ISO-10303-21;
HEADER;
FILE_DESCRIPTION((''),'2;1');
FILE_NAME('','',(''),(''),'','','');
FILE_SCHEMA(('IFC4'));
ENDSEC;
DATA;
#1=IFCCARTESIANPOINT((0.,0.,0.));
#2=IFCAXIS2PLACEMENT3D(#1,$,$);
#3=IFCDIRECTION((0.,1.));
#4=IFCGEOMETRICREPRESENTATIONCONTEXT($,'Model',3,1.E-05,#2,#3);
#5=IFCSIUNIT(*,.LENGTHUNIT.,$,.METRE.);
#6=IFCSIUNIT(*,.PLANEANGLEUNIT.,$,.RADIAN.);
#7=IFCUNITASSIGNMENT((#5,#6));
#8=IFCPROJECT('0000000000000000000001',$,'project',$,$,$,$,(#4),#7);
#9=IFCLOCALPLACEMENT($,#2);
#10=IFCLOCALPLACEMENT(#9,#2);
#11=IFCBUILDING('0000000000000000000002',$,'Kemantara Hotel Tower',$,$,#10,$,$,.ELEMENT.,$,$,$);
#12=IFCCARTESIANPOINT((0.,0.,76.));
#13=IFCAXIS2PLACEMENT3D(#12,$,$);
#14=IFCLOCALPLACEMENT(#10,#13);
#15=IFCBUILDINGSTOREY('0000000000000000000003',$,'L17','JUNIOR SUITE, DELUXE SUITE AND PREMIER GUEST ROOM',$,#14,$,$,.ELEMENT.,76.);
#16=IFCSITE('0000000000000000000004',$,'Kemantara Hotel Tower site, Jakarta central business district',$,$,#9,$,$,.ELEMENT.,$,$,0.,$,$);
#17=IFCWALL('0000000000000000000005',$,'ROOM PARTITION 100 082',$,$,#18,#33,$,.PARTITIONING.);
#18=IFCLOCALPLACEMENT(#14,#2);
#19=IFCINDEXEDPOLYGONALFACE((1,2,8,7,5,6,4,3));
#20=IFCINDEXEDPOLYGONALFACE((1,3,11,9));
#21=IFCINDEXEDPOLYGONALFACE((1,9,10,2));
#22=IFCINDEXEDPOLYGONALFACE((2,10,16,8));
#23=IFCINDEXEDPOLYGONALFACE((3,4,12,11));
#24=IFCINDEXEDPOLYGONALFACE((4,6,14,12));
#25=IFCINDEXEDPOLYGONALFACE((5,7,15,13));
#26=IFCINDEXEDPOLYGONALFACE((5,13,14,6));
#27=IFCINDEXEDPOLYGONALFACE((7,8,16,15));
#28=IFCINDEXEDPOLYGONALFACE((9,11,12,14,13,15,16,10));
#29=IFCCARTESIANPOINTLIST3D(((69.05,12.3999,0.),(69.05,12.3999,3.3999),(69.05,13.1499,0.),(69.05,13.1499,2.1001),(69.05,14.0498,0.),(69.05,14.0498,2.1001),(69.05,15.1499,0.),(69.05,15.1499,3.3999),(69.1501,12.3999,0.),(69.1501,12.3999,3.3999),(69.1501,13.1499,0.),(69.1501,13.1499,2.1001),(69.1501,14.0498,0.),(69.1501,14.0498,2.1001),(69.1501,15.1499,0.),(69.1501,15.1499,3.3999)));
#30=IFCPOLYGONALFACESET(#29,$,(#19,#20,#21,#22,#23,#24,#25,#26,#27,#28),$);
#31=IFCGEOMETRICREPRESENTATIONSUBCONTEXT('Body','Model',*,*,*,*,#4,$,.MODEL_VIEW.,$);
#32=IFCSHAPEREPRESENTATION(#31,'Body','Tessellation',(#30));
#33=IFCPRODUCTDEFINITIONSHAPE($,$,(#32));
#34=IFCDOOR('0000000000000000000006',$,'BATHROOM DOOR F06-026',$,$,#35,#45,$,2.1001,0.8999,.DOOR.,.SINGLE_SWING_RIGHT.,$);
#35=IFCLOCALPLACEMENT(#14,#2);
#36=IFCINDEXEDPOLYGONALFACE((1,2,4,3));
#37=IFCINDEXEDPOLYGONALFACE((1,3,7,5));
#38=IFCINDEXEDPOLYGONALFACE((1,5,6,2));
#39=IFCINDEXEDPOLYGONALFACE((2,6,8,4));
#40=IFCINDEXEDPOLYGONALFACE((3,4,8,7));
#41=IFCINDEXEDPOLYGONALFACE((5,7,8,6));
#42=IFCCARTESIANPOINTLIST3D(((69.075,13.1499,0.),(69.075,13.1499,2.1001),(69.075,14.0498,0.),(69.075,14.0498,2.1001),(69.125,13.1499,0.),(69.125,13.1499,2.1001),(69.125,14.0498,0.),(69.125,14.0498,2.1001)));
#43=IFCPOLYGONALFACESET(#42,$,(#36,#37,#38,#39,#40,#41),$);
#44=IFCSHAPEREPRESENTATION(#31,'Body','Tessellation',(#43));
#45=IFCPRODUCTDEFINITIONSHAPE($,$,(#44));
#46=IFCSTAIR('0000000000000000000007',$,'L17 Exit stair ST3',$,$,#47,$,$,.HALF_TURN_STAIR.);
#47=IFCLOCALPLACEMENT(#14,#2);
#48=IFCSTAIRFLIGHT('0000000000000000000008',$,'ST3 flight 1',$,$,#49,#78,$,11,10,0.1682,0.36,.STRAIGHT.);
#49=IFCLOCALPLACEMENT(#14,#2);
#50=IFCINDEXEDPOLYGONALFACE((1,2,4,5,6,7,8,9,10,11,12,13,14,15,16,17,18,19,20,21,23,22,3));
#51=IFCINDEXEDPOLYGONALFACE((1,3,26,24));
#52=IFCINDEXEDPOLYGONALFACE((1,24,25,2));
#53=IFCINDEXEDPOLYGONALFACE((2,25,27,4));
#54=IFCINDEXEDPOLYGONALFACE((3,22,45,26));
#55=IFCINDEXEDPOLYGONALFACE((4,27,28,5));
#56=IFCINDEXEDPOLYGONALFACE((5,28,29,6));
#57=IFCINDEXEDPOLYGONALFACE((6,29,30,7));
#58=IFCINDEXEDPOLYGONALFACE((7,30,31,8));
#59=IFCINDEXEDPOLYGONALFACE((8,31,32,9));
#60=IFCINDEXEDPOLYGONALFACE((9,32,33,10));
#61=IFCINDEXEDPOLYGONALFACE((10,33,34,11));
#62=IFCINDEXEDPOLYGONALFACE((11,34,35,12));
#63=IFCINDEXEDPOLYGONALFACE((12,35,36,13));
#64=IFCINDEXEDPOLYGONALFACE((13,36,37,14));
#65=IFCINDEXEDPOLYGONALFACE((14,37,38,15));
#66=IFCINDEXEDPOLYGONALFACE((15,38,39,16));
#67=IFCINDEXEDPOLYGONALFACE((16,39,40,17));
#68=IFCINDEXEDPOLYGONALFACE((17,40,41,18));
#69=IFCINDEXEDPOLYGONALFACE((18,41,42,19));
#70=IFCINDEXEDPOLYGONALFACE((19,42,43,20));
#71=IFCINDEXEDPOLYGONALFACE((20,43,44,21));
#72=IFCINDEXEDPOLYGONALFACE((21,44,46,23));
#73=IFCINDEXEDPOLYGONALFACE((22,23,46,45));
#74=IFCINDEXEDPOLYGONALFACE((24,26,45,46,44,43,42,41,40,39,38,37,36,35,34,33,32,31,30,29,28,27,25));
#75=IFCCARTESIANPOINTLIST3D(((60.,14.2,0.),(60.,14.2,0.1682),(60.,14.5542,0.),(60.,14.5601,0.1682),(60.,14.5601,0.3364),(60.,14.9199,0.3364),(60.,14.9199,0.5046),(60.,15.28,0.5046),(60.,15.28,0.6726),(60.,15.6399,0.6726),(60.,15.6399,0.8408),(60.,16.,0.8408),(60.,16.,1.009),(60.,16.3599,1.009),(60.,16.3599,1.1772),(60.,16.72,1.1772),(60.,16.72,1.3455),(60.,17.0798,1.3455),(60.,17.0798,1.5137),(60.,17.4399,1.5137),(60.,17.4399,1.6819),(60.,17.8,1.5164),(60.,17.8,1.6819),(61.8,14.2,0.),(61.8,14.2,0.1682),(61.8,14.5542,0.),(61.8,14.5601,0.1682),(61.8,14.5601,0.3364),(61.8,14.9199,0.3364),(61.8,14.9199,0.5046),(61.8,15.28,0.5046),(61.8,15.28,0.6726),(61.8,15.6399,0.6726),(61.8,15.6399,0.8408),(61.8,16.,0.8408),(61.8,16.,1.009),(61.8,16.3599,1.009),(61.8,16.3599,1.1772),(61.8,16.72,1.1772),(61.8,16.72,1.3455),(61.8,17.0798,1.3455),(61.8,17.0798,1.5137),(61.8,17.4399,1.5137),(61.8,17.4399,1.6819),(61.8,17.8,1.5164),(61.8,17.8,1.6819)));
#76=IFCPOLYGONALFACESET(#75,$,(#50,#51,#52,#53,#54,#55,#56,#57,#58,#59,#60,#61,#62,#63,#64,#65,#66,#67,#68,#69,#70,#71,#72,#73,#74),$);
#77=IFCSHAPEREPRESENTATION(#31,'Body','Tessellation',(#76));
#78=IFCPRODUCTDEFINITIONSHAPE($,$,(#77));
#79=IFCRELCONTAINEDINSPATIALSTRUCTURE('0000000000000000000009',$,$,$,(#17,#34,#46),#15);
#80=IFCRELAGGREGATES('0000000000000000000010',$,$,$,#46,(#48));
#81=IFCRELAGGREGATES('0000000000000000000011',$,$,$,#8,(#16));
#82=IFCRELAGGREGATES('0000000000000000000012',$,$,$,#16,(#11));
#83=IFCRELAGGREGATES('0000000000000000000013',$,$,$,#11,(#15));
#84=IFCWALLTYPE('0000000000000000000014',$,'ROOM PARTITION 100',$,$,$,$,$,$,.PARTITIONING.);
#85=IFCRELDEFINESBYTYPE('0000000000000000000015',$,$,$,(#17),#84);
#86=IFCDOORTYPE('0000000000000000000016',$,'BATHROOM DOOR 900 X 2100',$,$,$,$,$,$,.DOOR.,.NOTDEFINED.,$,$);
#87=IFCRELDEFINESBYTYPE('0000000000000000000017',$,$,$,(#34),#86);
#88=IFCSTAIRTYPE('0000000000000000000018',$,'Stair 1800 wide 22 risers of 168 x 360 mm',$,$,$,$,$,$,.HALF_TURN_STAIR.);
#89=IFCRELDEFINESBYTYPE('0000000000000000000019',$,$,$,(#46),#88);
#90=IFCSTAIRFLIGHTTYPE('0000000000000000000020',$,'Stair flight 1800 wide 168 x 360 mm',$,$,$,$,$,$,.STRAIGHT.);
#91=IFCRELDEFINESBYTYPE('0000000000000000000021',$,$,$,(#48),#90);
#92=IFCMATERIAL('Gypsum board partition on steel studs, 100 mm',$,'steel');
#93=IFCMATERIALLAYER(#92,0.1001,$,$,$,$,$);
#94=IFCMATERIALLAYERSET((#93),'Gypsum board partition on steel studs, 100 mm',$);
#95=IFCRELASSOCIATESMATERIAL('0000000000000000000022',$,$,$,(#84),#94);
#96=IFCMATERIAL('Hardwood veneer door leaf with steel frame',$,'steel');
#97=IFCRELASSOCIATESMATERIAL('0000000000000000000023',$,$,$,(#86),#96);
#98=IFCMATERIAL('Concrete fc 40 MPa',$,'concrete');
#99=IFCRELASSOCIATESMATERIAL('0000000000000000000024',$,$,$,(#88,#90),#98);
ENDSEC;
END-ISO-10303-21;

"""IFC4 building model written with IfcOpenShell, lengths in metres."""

from ifc_helpers import new_model, si_unit, direction, frame, frame_2d, origin, place, context, subcontext, project, spatial, polyline, rectangle, outline, extrude, material, layer, layer_set, type_object, element, fill, aggregate, save


model = new_model("IFC4")

# Units and contexts
model_context = context("Model", 3, precision=1e-05, world=origin(), true_north=direction((0.0, 1.0)))
body_context = subcontext(model_context, "Body", "Model", "MODEL_VIEW")
ifc_project = project(units=[si_unit("LENGTHUNIT", "METRE"), si_unit("PLANEANGLEUNIT", "RADIAN")], contexts=[model_context])

# Site, building, storey
site_placement = place(None, origin())
site = spatial("IfcSite", under=ifc_project, at=site_placement, Name="Kemantara Hotel Tower site, Jakarta central business district", CompositionType="ELEMENT", RefElevation=0.0)
building_placement = place(site_placement, origin())
building = spatial("IfcBuilding", under=site, at=building_placement, Name="Kemantara Hotel Tower", CompositionType="ELEMENT")
storey_placement = place(building_placement, frame((0.0, 0.0, 76.0)))
storey = spatial("IfcBuildingStorey", under=building, at=storey_placement, Name="L17", Description="JUNIOR SUITE, DELUXE SUITE AND PREMIER GUEST ROOM", CompositionType="ELEMENT", Elevation=76.0)

# Shared definitions
ifc_material_1 = material(Name="Hardwood veneer door leaf with steel frame", Category="steel")

# Shared definitions
ifc_material_2 = material(Name="Concrete fc 40 MPa", Category="concrete")
ifc_material_3 = material(Name="Gypsum board partition on steel studs, 100 mm", Category="steel")
ifc_layer_1 = layer(ifc_material_3, 0.1001)
ifc_layer_set_1 = layer_set([ifc_layer_1], Name="Gypsum board partition on steel studs, 100 mm")
wall_type_1 = type_object("IfcWallType", Name="ROOM PARTITION 100", PredefinedType="PARTITIONING", material=ifc_layer_set_1)

# Wall, opening, door
door_type_1 = type_object("IfcDoorType", Name="BATHROOM DOOR 900 X 2100", OperationType="NOTDEFINED", PredefinedType="DOOR", material=ifc_material_1)
wall_1_placement = place(storey_placement, frame((69.1001, 15.1499, 0.0), z_axis=(0.0, 0.0, 1.0), x_axis=(0.0, -1.0, 0.0)))
wall_1 = element("IfcWall", 1, at=wall_1_placement, inside=storey, type_object=wall_type_1, Name="ROOM PARTITION 100 082", PredefinedType="PARTITIONING", context=body_context, shape_type="SweptSolid", body=[
    extrude(rectangle(XDim=2.75, YDim=0.1001, at=frame_2d((1.375, 0.0))), origin(), (0.0, 0.0, 1.0), 3.3999),
])
opening_1_placement = place(wall_1_placement, frame((1.1001, 0.0, 0.0)))
opening_1 = element("IfcOpeningElement", 2, at=opening_1_placement, cuts=wall_1, PredefinedType="OPENING", context=body_context, shape_type="SweptSolid", body=[
    extrude(rectangle(XDim=0.8999, YDim=2.1001, at=frame_2d((0.45, 1.05))), frame((0.0, 0.0601, 0.0), z_axis=(0.0, -1.0, 0.0), x_axis=(1.0, 0.0, 0.0)), (0.0, 0.0, 1.0), 0.1201),
])
door_1_placement = place(opening_1_placement, origin())
door_1 = element("IfcDoor", 3, at=door_1_placement, inside=storey, type_object=door_type_1, Name="BATHROOM DOOR F06-026", OperationType="SINGLE_SWING_RIGHT", OverallHeight=2.1001, OverallWidth=0.8999, PredefinedType="DOOR", context=body_context, shape_type="SweptSolid", body=[
    extrude(rectangle(XDim=0.8999, YDim=2.1001, at=frame_2d((0.45, 1.05))), frame((0.0, 0.0249, 0.0), z_axis=(0.0, -1.0, 0.0), x_axis=(1.0, 0.0, 0.0)), (0.0, 0.0, 1.0), 0.05),
])
fill(opening_1, door_1)

# Stair, stair flight
stair_type = type_object("IfcStairType", Name="Stair 1800 wide 22 risers of 168 x 360 mm", PredefinedType="HALF_TURN_STAIR", material=ifc_material_2)
stair_placement = place(storey_placement, origin())
stair = element("IfcStair", 4, at=stair_placement, inside=storey, type_object=stair_type, Name="L17 Exit stair ST3", PredefinedType="HALF_TURN_STAIR")
stair_flight_type = type_object("IfcStairFlightType", Name="Stair flight 1800 wide 168 x 360 mm", PredefinedType="STRAIGHT", material=ifc_material_2)
stair_flight_placement = place(storey_placement, frame((60.8999, 14.2, 0.0), z_axis=(0.0, 0.0, 1.0), x_axis=(0.0, 1.0, 0.0)))
stair_flight = element("IfcStairFlight", 5, at=stair_flight_placement, type_object=stair_flight_type, Name="ST3 flight 1", NumberOfRisers=11, NumberOfTreads=10, PredefinedType="STRAIGHT", RiserHeight=0.1682, TreadLength=0.36, context=body_context, shape_type="SweptSolid", body=[
    extrude(outline(polyline([(0.0, 0.0), (0.0, 0.1682), (0.3601, 0.1682), (0.3601, 0.3364), (0.72, 0.3364), (0.72, 0.5046), (1.0801, 0.5046), (1.0801, 0.6726), (1.4399, 0.6726), (1.4399, 0.8408), (1.8, 0.8408), (1.8, 1.009), (2.1599, 1.009), (2.1599, 1.1772), (2.52, 1.1772), (2.52, 1.3455), (2.8799, 1.3455), (2.8799, 1.5137), (3.24, 1.5137), (3.24, 1.6819), (3.6001, 1.6819), (3.6001, 1.8501), (3.6001, 1.5164), (0.3542, 0.0), (0.0, 0.0)])), frame((0.0, 0.8999, 0.0), z_axis=(0.0, -1.0, 0.0), x_axis=(1.0, 0.0, 0.0)), (0.0, 0.0, 1.0), 1.8),
])
aggregate(stair, [stair_flight])

save(model, "model.ifc")
